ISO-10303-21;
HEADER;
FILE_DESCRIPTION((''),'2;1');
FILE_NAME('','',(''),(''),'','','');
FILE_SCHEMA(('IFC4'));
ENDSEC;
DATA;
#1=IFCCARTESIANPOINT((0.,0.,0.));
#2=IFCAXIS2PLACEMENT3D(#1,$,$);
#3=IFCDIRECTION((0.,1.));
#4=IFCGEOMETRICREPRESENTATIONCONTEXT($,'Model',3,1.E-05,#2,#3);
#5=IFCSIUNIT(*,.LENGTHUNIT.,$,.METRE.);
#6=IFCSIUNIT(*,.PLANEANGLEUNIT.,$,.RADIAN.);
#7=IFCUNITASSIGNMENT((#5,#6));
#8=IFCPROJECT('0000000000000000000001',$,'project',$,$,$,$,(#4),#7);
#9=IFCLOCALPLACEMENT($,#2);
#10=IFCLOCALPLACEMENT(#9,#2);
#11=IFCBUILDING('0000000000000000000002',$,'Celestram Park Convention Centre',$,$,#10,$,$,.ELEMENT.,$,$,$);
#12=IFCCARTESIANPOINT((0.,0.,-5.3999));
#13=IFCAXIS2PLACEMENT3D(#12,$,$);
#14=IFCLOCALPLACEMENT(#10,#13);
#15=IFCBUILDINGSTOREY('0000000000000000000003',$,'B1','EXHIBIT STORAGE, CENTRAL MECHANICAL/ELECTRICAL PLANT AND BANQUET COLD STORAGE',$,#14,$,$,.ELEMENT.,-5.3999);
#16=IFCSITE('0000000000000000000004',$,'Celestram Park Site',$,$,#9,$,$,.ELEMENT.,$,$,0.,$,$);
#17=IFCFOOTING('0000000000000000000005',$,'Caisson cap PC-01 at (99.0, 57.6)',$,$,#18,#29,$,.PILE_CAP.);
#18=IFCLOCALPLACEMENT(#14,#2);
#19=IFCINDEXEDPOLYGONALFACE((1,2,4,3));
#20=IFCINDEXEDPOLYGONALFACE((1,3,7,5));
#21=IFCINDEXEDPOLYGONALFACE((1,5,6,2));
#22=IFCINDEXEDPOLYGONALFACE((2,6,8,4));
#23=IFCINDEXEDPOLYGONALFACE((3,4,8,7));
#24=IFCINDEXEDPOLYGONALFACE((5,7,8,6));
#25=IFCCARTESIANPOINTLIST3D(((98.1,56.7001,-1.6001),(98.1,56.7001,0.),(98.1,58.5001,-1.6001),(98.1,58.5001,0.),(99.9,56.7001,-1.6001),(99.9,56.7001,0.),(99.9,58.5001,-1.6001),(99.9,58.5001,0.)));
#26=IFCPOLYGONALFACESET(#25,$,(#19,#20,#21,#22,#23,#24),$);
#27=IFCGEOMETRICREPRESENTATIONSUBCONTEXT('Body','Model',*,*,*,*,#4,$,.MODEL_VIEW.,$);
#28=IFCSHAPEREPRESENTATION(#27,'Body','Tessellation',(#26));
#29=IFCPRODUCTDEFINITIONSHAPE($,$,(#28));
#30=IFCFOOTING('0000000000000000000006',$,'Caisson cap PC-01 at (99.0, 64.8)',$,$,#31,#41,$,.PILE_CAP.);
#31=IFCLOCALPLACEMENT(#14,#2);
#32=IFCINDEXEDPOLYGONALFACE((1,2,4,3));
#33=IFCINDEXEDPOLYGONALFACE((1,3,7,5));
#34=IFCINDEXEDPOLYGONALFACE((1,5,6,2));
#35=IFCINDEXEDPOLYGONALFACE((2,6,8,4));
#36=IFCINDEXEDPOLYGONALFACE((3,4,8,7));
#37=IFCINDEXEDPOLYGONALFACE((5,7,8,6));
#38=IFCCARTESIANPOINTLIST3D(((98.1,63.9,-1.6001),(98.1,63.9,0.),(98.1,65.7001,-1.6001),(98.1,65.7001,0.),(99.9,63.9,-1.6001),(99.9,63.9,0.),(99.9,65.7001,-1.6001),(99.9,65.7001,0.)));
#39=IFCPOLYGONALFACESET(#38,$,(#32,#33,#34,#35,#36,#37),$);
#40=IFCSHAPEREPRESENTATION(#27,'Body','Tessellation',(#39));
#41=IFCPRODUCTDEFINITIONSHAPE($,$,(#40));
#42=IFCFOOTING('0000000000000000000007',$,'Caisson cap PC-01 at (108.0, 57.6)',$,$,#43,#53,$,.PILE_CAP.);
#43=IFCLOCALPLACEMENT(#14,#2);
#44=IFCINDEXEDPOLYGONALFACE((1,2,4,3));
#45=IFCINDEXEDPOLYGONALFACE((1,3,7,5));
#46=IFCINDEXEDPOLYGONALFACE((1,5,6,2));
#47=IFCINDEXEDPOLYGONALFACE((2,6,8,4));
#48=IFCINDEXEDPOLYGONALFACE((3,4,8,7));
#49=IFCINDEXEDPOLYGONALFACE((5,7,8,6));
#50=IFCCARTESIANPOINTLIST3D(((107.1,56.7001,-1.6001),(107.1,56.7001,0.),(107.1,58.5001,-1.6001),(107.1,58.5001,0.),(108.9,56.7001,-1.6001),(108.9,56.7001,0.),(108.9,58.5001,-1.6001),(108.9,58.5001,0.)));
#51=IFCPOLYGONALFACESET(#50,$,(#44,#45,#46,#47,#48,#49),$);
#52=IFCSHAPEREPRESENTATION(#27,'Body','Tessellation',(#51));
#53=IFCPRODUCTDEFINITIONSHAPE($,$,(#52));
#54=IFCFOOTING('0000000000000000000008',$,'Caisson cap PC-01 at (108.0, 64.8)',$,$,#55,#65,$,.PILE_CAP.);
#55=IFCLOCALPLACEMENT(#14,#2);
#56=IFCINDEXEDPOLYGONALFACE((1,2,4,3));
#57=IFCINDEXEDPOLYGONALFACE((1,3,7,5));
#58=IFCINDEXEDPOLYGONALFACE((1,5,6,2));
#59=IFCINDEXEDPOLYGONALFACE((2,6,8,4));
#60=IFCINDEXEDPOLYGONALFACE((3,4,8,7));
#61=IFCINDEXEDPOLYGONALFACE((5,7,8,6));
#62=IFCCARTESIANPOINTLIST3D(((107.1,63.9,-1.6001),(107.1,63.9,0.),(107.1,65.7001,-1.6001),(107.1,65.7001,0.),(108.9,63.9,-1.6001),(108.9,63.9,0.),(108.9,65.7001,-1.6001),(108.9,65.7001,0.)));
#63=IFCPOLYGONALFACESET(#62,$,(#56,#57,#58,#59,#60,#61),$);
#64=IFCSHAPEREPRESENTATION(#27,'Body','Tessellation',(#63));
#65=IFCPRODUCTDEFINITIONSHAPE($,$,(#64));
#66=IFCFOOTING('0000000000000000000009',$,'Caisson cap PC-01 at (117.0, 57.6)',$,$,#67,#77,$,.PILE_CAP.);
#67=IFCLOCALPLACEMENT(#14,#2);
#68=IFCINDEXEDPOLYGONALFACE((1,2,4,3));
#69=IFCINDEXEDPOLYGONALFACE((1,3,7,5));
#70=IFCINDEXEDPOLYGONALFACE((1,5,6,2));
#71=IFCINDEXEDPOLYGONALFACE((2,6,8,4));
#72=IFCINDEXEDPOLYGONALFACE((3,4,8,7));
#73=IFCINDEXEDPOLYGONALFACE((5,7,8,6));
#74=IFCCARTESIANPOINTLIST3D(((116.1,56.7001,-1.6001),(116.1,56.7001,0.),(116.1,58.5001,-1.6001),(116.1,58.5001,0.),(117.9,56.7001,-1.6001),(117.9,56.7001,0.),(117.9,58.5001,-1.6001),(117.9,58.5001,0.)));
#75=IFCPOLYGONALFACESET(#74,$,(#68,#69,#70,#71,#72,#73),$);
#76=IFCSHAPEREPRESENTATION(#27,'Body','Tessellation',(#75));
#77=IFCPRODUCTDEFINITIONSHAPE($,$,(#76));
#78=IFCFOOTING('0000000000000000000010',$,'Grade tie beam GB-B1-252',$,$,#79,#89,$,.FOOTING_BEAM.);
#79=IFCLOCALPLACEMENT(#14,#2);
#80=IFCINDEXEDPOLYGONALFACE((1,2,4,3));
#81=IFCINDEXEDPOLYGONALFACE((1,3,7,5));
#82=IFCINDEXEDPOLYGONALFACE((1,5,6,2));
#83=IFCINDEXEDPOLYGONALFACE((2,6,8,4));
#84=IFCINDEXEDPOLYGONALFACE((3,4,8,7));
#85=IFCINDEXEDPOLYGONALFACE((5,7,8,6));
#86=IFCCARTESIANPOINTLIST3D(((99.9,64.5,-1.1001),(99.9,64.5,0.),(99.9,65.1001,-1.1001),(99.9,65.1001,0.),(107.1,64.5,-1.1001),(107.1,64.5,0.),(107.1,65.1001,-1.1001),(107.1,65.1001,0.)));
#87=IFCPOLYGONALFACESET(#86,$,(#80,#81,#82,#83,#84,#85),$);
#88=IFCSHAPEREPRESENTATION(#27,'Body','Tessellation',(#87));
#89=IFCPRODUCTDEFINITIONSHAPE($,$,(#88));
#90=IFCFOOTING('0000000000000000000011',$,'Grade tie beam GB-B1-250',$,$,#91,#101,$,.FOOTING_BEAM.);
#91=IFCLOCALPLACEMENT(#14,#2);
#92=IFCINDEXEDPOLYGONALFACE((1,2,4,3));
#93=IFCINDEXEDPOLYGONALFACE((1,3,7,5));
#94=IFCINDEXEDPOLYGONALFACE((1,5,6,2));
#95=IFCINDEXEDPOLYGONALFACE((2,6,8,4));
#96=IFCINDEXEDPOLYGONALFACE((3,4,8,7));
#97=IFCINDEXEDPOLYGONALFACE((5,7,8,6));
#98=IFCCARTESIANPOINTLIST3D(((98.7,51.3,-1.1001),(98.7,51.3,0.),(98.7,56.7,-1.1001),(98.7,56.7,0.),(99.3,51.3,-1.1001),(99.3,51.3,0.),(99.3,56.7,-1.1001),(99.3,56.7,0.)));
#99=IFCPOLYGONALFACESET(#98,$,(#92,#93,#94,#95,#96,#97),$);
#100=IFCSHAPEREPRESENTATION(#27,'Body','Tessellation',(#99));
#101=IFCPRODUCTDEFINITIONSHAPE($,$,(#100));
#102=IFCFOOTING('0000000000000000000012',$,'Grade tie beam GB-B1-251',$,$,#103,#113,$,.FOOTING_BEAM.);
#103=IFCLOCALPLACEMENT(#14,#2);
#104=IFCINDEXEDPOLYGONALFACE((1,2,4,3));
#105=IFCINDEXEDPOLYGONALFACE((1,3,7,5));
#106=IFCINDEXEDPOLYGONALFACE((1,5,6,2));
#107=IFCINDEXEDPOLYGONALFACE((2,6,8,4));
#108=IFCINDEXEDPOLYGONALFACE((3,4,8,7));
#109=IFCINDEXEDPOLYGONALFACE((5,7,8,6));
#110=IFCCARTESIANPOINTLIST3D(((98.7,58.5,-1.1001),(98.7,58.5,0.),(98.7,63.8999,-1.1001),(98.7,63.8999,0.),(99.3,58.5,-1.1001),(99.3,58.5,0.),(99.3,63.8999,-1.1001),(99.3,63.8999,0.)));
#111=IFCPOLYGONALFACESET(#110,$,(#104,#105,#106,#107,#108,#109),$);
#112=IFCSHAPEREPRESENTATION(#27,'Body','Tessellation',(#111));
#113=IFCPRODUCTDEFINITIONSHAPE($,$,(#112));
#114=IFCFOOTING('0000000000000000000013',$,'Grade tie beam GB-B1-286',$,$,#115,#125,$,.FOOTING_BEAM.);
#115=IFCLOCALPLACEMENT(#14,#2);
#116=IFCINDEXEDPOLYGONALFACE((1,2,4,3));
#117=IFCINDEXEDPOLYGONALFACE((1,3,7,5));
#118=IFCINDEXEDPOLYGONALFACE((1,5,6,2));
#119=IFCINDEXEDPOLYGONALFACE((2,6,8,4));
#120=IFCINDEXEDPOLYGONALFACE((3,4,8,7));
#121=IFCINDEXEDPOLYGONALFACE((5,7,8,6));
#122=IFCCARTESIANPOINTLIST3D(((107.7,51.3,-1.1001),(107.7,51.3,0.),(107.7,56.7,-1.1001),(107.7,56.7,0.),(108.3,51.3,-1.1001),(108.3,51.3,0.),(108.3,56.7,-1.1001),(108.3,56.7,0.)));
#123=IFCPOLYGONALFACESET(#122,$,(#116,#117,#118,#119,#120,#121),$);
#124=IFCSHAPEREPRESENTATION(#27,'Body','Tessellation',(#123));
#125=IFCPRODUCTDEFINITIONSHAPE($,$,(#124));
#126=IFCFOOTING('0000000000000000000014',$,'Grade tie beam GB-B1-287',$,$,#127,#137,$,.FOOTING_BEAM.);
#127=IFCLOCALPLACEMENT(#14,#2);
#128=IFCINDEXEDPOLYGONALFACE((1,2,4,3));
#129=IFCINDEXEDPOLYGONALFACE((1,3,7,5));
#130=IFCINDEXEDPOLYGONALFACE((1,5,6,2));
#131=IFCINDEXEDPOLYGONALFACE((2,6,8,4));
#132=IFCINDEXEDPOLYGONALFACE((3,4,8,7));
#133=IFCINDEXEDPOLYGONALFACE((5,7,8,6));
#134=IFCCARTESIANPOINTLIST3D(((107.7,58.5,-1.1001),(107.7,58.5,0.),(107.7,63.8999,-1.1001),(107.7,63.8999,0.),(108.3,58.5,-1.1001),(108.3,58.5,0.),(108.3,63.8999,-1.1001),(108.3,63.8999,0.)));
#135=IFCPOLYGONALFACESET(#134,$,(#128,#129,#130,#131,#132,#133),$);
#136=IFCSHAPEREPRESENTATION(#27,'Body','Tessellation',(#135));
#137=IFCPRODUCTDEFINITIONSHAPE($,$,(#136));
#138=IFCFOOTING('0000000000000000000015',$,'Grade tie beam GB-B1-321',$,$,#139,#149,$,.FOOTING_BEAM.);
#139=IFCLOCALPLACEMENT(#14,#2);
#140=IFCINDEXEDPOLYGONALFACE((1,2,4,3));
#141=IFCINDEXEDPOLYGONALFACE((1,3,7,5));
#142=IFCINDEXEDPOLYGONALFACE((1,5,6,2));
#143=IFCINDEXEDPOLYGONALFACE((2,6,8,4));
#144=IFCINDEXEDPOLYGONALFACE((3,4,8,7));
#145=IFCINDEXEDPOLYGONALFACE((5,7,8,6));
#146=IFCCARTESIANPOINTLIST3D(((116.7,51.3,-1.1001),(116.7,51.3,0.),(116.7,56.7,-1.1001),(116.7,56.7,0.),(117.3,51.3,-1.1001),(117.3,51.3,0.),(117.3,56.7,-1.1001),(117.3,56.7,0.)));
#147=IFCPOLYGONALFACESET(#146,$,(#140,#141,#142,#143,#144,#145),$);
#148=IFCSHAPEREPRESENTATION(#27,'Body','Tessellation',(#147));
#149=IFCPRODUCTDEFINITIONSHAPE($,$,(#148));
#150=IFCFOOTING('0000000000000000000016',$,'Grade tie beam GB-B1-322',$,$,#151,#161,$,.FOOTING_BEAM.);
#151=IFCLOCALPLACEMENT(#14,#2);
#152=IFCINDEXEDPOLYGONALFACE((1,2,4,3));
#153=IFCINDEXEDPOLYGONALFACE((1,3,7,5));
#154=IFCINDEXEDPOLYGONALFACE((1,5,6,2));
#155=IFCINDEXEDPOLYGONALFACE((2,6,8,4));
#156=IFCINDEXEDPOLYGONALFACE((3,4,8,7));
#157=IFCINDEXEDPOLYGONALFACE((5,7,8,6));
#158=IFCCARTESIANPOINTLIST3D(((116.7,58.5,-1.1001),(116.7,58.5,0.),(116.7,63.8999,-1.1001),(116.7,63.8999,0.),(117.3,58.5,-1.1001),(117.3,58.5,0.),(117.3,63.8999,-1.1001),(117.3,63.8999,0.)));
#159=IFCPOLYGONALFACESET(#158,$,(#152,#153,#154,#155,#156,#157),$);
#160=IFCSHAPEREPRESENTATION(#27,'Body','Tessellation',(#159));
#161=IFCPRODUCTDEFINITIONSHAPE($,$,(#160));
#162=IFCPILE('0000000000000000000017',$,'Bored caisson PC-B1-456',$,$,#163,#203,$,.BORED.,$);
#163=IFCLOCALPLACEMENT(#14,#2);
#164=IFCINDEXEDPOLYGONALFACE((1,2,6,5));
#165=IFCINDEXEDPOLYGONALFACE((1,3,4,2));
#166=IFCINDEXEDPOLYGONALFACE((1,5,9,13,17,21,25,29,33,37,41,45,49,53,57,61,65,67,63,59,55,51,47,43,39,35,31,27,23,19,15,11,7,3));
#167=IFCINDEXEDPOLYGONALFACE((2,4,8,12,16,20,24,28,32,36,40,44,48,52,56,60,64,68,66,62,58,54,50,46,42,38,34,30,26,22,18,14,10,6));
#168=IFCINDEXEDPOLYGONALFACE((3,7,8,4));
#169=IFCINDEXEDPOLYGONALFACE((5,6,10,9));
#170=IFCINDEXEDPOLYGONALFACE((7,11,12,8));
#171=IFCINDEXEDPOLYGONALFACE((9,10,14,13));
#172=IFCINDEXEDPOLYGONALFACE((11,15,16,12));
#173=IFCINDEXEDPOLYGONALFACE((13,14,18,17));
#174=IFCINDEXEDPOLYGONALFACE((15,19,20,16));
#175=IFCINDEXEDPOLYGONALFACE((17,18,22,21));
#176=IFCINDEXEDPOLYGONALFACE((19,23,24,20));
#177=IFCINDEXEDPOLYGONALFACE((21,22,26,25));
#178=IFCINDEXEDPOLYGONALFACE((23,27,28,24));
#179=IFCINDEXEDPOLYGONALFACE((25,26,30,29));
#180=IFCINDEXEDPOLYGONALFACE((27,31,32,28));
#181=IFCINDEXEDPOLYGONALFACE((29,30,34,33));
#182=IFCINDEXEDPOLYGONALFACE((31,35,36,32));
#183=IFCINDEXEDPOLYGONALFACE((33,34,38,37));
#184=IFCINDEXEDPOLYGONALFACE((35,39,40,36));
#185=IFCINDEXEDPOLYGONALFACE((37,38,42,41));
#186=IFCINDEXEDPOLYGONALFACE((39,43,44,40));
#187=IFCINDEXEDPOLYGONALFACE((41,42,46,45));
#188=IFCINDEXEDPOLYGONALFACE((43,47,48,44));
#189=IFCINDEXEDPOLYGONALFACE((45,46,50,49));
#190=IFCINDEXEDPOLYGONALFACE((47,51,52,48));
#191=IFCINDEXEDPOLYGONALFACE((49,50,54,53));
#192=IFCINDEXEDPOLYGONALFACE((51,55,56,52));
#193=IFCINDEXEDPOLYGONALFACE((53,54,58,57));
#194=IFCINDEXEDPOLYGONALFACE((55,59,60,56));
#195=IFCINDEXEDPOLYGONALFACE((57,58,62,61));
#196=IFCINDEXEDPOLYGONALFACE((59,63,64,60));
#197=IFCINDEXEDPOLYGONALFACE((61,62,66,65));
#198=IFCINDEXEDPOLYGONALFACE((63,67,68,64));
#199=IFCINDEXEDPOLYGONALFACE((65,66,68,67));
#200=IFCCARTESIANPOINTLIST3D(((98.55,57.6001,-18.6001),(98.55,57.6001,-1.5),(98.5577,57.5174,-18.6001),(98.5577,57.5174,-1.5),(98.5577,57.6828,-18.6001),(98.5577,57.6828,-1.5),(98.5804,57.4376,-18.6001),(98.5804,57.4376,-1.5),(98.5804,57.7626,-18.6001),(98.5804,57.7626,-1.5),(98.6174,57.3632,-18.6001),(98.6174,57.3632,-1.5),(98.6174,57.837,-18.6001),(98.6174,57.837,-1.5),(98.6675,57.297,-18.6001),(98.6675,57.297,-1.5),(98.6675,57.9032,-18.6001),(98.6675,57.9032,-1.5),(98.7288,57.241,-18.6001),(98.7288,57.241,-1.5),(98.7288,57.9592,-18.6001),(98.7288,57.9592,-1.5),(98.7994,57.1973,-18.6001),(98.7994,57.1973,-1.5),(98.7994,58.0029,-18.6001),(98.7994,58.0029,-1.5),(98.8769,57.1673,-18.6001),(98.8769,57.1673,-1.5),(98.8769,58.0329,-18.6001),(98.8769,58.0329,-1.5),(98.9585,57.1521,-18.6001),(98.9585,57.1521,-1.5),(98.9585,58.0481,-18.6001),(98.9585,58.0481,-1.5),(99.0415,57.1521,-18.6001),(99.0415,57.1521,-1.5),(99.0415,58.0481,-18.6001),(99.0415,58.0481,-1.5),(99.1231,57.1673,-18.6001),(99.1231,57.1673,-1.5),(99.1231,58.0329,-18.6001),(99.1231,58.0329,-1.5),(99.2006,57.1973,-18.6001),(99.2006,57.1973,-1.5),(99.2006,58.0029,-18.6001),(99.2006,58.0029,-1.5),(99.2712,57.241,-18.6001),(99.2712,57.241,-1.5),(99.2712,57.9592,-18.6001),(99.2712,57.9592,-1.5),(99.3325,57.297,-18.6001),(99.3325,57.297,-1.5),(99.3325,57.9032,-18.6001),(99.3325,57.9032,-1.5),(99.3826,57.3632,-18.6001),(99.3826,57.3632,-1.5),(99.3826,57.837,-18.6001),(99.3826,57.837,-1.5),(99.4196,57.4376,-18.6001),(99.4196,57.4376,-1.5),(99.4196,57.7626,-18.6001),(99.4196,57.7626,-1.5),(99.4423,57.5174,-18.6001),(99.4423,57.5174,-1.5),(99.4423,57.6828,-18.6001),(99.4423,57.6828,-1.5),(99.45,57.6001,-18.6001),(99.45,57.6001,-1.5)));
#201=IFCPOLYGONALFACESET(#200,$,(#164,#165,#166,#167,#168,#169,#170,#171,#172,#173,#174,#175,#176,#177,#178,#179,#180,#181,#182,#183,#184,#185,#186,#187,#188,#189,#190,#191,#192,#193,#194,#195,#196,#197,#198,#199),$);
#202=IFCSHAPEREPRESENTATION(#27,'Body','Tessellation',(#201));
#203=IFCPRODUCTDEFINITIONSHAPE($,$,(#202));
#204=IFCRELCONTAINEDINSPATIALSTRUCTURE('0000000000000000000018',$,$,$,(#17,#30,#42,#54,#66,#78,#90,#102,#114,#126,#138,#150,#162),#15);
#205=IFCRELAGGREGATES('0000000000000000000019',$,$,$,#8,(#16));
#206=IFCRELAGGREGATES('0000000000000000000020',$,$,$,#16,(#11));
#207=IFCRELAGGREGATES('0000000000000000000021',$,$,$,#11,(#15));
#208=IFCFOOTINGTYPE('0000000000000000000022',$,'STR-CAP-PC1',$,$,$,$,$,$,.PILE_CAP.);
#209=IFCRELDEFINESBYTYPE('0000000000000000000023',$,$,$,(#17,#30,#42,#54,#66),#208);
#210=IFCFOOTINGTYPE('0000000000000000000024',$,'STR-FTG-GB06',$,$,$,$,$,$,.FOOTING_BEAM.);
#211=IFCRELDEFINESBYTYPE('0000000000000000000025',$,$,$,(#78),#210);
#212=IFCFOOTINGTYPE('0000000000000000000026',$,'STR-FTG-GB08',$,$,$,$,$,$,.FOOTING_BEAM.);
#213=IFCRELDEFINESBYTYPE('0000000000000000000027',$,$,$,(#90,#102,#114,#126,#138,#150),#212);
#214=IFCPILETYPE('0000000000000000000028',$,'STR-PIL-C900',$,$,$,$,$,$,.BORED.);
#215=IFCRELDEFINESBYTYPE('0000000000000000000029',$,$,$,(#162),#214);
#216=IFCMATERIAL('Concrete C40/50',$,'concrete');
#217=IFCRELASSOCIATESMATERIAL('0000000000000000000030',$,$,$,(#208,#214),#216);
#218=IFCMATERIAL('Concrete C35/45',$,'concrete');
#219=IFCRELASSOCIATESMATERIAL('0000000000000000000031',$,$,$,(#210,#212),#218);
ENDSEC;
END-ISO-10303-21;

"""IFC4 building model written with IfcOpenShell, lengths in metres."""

from ifc_helpers import new_model, si_unit, direction, frame, origin, origin_2d, place, context, subcontext, project, spatial, rectangle, circle, extrude, material, material_profile, profile_set, type_object, element, save


model = new_model("IFC4")

# Units and contexts
model_context = context("Model", 3, precision=1e-05, world=origin(), true_north=direction((0.0, 1.0)))
body_context = subcontext(model_context, "Body", "Model", "MODEL_VIEW")
ifc_project = project(units=[si_unit("LENGTHUNIT", "METRE"), si_unit("PLANEANGLEUNIT", "RADIAN")], contexts=[model_context])

# Site, building, storey
site_placement = place(None, origin())
site = spatial("IfcSite", under=ifc_project, at=site_placement, Name="Celestram Park Site", CompositionType="ELEMENT", RefElevation=0.0)
building_placement = place(site_placement, origin())
building = spatial("IfcBuilding", under=site, at=building_placement, Name="Celestram Park Convention Centre", CompositionType="ELEMENT")
storey_placement = place(building_placement, frame((0.0, 0.0, -5.3999)))
storey = spatial("IfcBuildingStorey", under=building, at=storey_placement, Name="B1", Description="EXHIBIT STORAGE, CENTRAL MECHANICAL/ELECTRICAL PLANT AND BANQUET COLD STORAGE", CompositionType="ELEMENT", Elevation=-5.3999)

# Footings
ifc_material_1 = material(Name="Concrete C40/50", Category="concrete")
footing_type_1 = type_object("IfcFootingType", Name="STR-CAP-PC1", PredefinedType="PILE_CAP", material=ifc_material_1)
for number, where, z_axis, x_axis, name in (
    (1, (99.0, 57.6001, -1.6001), (0.0, 0.0, 1.0), (1.0, 0.0, 0.0), "Caisson cap PC-01 at (99.0, 57.6)"),
    (2, (99.0, 64.8, -1.6001), (0.0, 0.0, 1.0), (1.0, 0.0, 0.0), "Caisson cap PC-01 at (99.0, 64.8)"),
    (3, (108.0, 57.6001, -1.6001), (0.0, 0.0, 1.0), (1.0, 0.0, 0.0), "Caisson cap PC-01 at (108.0, 57.6)"),
    (4, (108.0, 64.8, -1.6001), (0.0, 0.0, 1.0), (1.0, 0.0, 0.0), "Caisson cap PC-01 at (108.0, 64.8)"),
    (5, (117.0, 57.6001, -1.6001), (0.0, 0.0, 1.0), (1.0, 0.0, 0.0), "Caisson cap PC-01 at (117.0, 57.6)"),
):
    element("IfcFooting", number, at=place(storey_placement, frame(where, z_axis=z_axis, x_axis=x_axis)), inside=storey, type_object=footing_type_1, Name=name, PredefinedType="PILE_CAP", context=body_context, shape_type="SweptSolid", body=[
        extrude(rectangle(XDim=1.8, YDim=1.8, at=origin_2d()), origin(), (0.0, 0.0, 1.0), 1.6001),
    ])
ifc_material_2 = material(Name="Concrete C35/45", Category="concrete")
footing_type_2 = type_object("IfcFootingType", Name="STR-FTG-GB06", PredefinedType="FOOTING_BEAM", material=ifc_material_2)
footing_placement = place(storey_placement, frame((103.5, 64.8, -1.1001), z_axis=(0.0, 0.0, 1.0), x_axis=(1.0, 0.0, 0.0)))
element("IfcFooting", 6, at=footing_placement, inside=storey, type_object=footing_type_2, Name="Grade tie beam GB-B1-252", PredefinedType="FOOTING_BEAM", context=body_context, shape_type="SweptSolid", body=[
    extrude(rectangle(XDim=7.2, YDim=0.6001, at=origin_2d()), origin(), (0.0, 0.0, 1.0), 1.1001),
])
footing_type_3 = type_object("IfcFootingType", Name="STR-FTG-GB08", PredefinedType="FOOTING_BEAM", material=ifc_material_2)
for number, where, z_axis, x_axis, name in (
    (7, (99.0, 54.0, -1.1001), (0.0, 0.0, 1.0), (0.0, 1.0, 0.0), "Grade tie beam GB-B1-250"),
    (8, (99.0, 61.2, -1.1001), (0.0, 0.0, 1.0), (0.0, 1.0, 0.0), "Grade tie beam GB-B1-251"),
    (9, (108.0, 54.0, -1.1001), (0.0, 0.0, 1.0), (0.0, 1.0, 0.0), "Grade tie beam GB-B1-286"),
    (10, (108.0, 61.2, -1.1001), (0.0, 0.0, 1.0), (0.0, 1.0, 0.0), "Grade tie beam GB-B1-287"),
    (11, (117.0, 54.0, -1.1001), (0.0, 0.0, 1.0), (0.0, 1.0, 0.0), "Grade tie beam GB-B1-321"),
    (12, (117.0, 61.2, -1.1001), (0.0, 0.0, 1.0), (0.0, 1.0, 0.0), "Grade tie beam GB-B1-322"),
):
    element("IfcFooting", number, at=place(storey_placement, frame(where, z_axis=z_axis, x_axis=x_axis)), inside=storey, type_object=footing_type_3, Name=name, PredefinedType="FOOTING_BEAM", context=body_context, shape_type="SweptSolid", body=[
        extrude(rectangle(XDim=5.3999, YDim=0.6001, at=origin_2d()), origin(), (0.0, 0.0, 1.0), 1.1001),
    ])

# Pile
ifc_material_profile_1 = material_profile(ifc_material_1, circle(Radius=0.45, at=origin_2d()), Name="CAISSON900")
ifc_profile_set_1 = profile_set([ifc_material_profile_1], Name="Concrete C40/50")
pile_type = type_object("IfcPileType", Name="STR-PIL-C900", PredefinedType="BORED", material=ifc_profile_set_1)
for number, where, z_axis, x_axis, name in (
    (13, (99.0, 57.6001, -1.5), (0.0, 0.0, -1.0), (1.0, 0.0, 0.0), "Bored caisson PC-B1-456"),
):
    element("IfcPile", number, at=place(storey_placement, frame(where, z_axis=z_axis, x_axis=x_axis)), inside=storey, type_object=pile_type, Name=name, PredefinedType="BORED", context=body_context, shape_type="SweptSolid", body=[
        extrude(circle(Radius=0.45, at=origin_2d()), origin(), (0.0, 0.0, 1.0), 17.1001),
    ])

save(model, "model.ifc")
